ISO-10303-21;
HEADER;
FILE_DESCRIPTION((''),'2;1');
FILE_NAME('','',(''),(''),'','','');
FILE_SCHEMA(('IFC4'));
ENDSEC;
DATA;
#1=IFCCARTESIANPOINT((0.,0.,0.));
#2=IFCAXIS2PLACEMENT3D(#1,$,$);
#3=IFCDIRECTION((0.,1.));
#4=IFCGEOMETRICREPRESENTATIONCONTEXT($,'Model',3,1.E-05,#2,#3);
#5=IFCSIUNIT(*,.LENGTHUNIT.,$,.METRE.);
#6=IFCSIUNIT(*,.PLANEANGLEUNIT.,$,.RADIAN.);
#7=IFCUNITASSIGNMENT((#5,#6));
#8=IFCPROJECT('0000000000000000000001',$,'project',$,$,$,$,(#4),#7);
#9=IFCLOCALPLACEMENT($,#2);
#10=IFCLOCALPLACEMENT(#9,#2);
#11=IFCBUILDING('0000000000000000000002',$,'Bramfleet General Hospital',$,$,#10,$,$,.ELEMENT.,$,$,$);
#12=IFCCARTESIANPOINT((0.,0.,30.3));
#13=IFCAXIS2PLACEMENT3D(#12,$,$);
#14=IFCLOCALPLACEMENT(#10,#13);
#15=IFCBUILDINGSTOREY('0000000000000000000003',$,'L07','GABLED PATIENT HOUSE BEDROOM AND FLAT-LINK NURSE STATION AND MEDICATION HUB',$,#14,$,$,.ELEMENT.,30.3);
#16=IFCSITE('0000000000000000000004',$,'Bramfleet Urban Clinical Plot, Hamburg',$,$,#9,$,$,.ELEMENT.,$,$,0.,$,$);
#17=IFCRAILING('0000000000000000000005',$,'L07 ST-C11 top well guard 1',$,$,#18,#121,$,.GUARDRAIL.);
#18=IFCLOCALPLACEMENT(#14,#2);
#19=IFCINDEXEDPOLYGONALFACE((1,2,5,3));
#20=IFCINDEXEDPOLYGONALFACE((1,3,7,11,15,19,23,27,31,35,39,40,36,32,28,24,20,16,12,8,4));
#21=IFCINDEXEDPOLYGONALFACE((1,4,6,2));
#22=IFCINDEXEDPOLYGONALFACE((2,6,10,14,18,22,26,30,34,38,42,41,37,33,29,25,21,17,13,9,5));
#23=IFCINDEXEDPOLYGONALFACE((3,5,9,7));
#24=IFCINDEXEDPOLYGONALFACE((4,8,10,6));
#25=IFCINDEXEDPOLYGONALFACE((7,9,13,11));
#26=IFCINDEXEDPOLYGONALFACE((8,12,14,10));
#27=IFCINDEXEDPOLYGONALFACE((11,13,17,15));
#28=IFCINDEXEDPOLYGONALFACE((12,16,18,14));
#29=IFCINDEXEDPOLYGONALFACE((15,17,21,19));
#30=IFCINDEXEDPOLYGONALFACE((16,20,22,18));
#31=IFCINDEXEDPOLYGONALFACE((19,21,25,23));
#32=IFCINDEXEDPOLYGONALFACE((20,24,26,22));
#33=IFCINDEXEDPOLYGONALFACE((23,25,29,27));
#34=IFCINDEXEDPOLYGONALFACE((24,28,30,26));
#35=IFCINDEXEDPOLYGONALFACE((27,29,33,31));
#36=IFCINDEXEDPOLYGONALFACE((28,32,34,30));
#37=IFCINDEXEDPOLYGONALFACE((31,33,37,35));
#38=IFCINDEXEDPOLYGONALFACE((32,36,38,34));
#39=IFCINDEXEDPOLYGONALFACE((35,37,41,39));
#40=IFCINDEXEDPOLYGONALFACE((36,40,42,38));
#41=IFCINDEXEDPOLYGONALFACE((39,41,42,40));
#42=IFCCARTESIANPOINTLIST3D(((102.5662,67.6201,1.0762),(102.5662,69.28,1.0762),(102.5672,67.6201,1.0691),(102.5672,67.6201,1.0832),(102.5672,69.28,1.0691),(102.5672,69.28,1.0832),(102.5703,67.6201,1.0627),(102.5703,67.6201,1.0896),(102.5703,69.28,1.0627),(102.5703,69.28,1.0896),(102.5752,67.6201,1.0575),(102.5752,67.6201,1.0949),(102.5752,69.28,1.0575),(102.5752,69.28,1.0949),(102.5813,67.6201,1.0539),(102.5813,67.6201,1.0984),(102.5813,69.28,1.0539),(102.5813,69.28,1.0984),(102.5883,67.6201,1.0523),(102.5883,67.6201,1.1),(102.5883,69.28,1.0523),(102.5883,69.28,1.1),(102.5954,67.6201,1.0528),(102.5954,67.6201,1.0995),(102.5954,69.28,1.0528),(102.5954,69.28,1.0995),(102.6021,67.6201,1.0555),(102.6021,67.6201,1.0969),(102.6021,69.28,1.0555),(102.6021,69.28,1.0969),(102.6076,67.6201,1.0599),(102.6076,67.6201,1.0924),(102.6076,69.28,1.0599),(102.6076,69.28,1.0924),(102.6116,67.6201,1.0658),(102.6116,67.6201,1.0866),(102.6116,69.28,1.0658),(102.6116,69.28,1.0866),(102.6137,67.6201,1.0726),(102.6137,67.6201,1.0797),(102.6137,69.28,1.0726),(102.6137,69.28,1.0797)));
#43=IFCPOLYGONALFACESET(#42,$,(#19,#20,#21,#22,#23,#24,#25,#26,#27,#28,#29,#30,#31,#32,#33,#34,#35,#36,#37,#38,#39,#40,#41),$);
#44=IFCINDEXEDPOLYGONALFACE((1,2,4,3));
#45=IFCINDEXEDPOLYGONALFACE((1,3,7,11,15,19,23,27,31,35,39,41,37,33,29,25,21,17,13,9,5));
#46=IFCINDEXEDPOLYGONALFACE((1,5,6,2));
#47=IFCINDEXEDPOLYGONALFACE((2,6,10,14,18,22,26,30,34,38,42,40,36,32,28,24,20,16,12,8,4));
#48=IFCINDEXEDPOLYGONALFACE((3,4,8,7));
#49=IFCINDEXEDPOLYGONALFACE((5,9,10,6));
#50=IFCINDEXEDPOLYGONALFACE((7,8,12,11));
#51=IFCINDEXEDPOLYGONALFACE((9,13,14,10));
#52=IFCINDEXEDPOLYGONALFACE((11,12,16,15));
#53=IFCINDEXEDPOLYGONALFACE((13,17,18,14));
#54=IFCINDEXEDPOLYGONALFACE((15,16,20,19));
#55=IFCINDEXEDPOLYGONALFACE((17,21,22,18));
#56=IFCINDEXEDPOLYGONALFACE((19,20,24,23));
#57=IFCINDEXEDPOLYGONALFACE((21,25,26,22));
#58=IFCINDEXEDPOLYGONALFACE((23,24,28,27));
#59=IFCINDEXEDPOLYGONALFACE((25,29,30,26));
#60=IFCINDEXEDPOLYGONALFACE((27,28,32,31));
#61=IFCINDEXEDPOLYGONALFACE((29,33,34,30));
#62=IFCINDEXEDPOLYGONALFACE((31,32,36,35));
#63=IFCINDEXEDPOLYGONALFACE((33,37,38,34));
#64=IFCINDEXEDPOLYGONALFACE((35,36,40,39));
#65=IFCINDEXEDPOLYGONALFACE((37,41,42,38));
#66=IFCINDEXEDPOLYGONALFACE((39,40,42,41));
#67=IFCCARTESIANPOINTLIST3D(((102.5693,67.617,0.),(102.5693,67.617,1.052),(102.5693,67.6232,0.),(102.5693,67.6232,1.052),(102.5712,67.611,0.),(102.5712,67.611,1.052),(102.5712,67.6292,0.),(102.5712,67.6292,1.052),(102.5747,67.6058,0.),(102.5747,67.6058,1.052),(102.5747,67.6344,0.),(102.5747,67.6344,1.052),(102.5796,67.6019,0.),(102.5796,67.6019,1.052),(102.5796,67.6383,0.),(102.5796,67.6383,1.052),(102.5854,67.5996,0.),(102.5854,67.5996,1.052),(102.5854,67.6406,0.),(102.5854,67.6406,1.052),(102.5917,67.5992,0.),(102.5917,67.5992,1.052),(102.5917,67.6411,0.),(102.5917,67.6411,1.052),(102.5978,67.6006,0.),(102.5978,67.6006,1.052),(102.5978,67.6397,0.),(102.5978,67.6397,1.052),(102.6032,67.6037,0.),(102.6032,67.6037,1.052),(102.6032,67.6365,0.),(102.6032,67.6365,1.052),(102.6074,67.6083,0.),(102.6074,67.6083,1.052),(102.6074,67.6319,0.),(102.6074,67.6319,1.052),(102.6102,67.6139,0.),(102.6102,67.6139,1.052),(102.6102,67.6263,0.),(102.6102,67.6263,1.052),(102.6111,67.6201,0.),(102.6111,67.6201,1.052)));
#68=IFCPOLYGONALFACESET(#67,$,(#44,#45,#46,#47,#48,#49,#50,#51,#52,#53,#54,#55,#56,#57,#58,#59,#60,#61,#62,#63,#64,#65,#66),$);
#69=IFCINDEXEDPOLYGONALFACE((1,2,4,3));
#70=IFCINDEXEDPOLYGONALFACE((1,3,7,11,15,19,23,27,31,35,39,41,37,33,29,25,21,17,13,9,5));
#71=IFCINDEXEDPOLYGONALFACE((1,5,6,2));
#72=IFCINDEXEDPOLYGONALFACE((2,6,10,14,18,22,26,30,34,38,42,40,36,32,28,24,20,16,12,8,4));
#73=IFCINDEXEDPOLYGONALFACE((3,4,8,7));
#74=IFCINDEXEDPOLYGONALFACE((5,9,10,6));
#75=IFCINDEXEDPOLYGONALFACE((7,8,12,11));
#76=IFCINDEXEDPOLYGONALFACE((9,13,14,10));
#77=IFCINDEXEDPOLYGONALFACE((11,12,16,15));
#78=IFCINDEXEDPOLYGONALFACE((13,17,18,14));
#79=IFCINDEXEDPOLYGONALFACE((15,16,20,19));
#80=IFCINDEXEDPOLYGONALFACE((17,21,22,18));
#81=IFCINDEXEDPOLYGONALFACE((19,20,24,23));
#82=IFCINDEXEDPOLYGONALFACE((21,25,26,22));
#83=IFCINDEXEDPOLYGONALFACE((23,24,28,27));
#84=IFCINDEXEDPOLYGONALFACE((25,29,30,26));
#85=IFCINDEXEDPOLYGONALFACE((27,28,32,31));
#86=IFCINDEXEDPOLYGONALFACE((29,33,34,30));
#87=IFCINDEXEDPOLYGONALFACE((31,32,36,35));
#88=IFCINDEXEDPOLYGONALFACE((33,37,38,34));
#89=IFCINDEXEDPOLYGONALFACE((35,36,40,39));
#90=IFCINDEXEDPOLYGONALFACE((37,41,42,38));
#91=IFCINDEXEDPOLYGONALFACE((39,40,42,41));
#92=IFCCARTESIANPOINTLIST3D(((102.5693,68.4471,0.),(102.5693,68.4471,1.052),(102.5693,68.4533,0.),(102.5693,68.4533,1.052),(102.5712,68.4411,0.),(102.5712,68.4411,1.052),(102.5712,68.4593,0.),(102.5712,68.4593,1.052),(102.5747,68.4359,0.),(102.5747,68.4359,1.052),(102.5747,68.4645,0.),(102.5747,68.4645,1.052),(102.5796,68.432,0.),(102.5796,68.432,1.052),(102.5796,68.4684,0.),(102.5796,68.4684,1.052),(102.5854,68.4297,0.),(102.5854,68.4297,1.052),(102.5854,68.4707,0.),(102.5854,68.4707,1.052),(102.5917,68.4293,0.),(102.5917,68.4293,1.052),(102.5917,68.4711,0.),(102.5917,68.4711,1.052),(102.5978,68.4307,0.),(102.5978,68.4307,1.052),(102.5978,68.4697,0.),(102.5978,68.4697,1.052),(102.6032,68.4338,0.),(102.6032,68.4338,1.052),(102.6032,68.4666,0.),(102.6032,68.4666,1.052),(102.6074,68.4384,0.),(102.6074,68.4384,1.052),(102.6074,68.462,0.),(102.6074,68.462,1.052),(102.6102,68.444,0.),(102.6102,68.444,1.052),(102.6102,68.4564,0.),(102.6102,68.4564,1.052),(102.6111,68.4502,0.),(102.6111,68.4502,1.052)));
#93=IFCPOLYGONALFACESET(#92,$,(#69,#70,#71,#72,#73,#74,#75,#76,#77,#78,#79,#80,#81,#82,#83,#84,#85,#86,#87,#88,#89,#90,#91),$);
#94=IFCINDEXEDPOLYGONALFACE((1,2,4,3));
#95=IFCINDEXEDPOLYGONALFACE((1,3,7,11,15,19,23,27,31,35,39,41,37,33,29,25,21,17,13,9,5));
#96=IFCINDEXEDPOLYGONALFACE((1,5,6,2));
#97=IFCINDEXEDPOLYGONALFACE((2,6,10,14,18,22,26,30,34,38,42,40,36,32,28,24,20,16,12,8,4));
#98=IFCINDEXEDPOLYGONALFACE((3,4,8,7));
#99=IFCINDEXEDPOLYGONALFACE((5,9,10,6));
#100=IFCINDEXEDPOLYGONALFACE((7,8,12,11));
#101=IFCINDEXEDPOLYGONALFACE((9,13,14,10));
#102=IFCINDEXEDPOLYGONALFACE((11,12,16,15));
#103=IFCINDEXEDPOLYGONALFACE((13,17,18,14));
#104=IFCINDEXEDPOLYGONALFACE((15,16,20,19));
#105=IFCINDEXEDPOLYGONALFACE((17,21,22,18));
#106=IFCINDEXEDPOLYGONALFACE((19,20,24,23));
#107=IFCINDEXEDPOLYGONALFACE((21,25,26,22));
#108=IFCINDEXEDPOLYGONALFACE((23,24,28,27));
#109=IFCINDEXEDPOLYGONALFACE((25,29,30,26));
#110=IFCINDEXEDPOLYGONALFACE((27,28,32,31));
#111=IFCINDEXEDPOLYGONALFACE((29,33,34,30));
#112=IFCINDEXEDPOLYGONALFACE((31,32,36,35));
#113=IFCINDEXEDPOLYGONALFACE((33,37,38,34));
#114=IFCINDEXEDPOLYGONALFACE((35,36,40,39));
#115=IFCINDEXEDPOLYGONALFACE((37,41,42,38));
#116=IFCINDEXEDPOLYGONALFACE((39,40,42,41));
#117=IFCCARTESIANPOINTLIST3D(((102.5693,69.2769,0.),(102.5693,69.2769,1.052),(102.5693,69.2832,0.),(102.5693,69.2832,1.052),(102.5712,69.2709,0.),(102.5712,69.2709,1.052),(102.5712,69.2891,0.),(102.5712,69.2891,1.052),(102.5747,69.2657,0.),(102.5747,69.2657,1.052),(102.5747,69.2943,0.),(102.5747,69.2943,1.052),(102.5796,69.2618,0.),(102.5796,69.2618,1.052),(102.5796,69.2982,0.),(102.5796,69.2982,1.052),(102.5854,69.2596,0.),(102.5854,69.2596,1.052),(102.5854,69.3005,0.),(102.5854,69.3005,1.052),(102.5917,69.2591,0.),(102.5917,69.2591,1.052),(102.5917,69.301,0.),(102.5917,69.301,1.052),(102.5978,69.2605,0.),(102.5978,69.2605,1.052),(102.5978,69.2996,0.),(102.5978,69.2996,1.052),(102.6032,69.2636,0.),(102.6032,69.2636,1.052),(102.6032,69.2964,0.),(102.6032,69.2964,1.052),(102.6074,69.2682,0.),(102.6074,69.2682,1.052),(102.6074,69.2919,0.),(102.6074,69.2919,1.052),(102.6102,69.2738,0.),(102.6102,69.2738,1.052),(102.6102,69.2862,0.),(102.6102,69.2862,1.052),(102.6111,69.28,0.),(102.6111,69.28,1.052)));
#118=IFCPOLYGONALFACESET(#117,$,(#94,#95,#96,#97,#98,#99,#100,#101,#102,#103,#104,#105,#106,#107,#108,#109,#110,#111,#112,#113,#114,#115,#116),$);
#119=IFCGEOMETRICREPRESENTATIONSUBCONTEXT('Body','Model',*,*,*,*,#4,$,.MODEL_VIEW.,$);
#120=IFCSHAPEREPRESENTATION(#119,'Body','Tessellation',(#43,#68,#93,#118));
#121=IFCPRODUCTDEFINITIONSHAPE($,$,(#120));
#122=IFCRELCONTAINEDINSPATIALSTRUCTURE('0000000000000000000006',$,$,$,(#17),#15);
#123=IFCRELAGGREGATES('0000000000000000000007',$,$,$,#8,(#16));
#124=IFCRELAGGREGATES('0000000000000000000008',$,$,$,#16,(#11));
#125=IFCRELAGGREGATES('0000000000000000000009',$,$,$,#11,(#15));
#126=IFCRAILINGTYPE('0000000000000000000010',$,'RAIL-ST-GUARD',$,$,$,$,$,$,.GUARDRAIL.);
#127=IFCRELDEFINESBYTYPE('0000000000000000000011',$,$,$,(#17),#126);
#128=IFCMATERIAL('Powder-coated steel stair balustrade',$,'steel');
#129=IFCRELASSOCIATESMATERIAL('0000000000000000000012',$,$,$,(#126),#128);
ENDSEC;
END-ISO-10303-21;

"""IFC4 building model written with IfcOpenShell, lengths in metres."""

from ifc_helpers import new_model, si_unit, direction, frame, origin, origin_2d, place, context, subcontext, project, spatial, circle, extrude, material, type_object, element, save


model = new_model("IFC4")

# Units and contexts
model_context = context("Model", 3, precision=1e-05, world=origin(), true_north=direction((0.0, 1.0)))
body_context = subcontext(model_context, "Body", "Model", "MODEL_VIEW")
ifc_project = project(units=[si_unit("LENGTHUNIT", "METRE"), si_unit("PLANEANGLEUNIT", "RADIAN")], contexts=[model_context])

# Site, building, storey
site_placement = place(None, origin())
site = spatial("IfcSite", under=ifc_project, at=site_placement, Name="Bramfleet Urban Clinical Plot, Hamburg", CompositionType="ELEMENT", RefElevation=0.0)
building_placement = place(site_placement, origin())
building = spatial("IfcBuilding", under=site, at=building_placement, Name="Bramfleet General Hospital", CompositionType="ELEMENT")
storey_placement = place(building_placement, frame((0.0, 0.0, 30.3)))
storey = spatial("IfcBuildingStorey", under=building, at=storey_placement, Name="L07", Description="GABLED PATIENT HOUSE BEDROOM AND FLAT-LINK NURSE STATION AND MEDICATION HUB", CompositionType="ELEMENT", Elevation=30.3)

# Railing
ifc_material_1 = material(Name="Powder-coated steel stair balustrade", Category="steel")
railing_type = type_object("IfcRailingType", Name="RAIL-ST-GUARD", PredefinedType="GUARDRAIL", material=ifc_material_1)
railing_placement = place(storey_placement, frame((102.5901, 67.6201, 0.0)))
element("IfcRailing", 1, at=railing_placement, inside=storey, type_object=railing_type, Name="L07 ST-C11 top well guard 1", PredefinedType="GUARDRAIL", context=body_context, shape_type="SweptSolid", body=[
    extrude(circle(Radius=0.0239, at=origin_2d()), frame((0.0, 0.0, 1.0762), z_axis=(0.0, 1.0, 0.0), x_axis=(-1.0, 0.0, 0.0)), (0.0, 0.0, 1.0), 1.6599),
    extrude(circle(Radius=0.021, at=origin_2d()), origin(), (0.0, 0.0, 1.0), 1.052),
    extrude(circle(Radius=0.021, at=origin_2d()), frame((0.0, 0.8301, 0.0)), (0.0, 0.0, 1.0), 1.052),
    extrude(circle(Radius=0.021, at=origin_2d()), frame((0.0, 1.6599, 0.0)), (0.0, 0.0, 1.0), 1.052),
])

save(model, "model.ifc")
